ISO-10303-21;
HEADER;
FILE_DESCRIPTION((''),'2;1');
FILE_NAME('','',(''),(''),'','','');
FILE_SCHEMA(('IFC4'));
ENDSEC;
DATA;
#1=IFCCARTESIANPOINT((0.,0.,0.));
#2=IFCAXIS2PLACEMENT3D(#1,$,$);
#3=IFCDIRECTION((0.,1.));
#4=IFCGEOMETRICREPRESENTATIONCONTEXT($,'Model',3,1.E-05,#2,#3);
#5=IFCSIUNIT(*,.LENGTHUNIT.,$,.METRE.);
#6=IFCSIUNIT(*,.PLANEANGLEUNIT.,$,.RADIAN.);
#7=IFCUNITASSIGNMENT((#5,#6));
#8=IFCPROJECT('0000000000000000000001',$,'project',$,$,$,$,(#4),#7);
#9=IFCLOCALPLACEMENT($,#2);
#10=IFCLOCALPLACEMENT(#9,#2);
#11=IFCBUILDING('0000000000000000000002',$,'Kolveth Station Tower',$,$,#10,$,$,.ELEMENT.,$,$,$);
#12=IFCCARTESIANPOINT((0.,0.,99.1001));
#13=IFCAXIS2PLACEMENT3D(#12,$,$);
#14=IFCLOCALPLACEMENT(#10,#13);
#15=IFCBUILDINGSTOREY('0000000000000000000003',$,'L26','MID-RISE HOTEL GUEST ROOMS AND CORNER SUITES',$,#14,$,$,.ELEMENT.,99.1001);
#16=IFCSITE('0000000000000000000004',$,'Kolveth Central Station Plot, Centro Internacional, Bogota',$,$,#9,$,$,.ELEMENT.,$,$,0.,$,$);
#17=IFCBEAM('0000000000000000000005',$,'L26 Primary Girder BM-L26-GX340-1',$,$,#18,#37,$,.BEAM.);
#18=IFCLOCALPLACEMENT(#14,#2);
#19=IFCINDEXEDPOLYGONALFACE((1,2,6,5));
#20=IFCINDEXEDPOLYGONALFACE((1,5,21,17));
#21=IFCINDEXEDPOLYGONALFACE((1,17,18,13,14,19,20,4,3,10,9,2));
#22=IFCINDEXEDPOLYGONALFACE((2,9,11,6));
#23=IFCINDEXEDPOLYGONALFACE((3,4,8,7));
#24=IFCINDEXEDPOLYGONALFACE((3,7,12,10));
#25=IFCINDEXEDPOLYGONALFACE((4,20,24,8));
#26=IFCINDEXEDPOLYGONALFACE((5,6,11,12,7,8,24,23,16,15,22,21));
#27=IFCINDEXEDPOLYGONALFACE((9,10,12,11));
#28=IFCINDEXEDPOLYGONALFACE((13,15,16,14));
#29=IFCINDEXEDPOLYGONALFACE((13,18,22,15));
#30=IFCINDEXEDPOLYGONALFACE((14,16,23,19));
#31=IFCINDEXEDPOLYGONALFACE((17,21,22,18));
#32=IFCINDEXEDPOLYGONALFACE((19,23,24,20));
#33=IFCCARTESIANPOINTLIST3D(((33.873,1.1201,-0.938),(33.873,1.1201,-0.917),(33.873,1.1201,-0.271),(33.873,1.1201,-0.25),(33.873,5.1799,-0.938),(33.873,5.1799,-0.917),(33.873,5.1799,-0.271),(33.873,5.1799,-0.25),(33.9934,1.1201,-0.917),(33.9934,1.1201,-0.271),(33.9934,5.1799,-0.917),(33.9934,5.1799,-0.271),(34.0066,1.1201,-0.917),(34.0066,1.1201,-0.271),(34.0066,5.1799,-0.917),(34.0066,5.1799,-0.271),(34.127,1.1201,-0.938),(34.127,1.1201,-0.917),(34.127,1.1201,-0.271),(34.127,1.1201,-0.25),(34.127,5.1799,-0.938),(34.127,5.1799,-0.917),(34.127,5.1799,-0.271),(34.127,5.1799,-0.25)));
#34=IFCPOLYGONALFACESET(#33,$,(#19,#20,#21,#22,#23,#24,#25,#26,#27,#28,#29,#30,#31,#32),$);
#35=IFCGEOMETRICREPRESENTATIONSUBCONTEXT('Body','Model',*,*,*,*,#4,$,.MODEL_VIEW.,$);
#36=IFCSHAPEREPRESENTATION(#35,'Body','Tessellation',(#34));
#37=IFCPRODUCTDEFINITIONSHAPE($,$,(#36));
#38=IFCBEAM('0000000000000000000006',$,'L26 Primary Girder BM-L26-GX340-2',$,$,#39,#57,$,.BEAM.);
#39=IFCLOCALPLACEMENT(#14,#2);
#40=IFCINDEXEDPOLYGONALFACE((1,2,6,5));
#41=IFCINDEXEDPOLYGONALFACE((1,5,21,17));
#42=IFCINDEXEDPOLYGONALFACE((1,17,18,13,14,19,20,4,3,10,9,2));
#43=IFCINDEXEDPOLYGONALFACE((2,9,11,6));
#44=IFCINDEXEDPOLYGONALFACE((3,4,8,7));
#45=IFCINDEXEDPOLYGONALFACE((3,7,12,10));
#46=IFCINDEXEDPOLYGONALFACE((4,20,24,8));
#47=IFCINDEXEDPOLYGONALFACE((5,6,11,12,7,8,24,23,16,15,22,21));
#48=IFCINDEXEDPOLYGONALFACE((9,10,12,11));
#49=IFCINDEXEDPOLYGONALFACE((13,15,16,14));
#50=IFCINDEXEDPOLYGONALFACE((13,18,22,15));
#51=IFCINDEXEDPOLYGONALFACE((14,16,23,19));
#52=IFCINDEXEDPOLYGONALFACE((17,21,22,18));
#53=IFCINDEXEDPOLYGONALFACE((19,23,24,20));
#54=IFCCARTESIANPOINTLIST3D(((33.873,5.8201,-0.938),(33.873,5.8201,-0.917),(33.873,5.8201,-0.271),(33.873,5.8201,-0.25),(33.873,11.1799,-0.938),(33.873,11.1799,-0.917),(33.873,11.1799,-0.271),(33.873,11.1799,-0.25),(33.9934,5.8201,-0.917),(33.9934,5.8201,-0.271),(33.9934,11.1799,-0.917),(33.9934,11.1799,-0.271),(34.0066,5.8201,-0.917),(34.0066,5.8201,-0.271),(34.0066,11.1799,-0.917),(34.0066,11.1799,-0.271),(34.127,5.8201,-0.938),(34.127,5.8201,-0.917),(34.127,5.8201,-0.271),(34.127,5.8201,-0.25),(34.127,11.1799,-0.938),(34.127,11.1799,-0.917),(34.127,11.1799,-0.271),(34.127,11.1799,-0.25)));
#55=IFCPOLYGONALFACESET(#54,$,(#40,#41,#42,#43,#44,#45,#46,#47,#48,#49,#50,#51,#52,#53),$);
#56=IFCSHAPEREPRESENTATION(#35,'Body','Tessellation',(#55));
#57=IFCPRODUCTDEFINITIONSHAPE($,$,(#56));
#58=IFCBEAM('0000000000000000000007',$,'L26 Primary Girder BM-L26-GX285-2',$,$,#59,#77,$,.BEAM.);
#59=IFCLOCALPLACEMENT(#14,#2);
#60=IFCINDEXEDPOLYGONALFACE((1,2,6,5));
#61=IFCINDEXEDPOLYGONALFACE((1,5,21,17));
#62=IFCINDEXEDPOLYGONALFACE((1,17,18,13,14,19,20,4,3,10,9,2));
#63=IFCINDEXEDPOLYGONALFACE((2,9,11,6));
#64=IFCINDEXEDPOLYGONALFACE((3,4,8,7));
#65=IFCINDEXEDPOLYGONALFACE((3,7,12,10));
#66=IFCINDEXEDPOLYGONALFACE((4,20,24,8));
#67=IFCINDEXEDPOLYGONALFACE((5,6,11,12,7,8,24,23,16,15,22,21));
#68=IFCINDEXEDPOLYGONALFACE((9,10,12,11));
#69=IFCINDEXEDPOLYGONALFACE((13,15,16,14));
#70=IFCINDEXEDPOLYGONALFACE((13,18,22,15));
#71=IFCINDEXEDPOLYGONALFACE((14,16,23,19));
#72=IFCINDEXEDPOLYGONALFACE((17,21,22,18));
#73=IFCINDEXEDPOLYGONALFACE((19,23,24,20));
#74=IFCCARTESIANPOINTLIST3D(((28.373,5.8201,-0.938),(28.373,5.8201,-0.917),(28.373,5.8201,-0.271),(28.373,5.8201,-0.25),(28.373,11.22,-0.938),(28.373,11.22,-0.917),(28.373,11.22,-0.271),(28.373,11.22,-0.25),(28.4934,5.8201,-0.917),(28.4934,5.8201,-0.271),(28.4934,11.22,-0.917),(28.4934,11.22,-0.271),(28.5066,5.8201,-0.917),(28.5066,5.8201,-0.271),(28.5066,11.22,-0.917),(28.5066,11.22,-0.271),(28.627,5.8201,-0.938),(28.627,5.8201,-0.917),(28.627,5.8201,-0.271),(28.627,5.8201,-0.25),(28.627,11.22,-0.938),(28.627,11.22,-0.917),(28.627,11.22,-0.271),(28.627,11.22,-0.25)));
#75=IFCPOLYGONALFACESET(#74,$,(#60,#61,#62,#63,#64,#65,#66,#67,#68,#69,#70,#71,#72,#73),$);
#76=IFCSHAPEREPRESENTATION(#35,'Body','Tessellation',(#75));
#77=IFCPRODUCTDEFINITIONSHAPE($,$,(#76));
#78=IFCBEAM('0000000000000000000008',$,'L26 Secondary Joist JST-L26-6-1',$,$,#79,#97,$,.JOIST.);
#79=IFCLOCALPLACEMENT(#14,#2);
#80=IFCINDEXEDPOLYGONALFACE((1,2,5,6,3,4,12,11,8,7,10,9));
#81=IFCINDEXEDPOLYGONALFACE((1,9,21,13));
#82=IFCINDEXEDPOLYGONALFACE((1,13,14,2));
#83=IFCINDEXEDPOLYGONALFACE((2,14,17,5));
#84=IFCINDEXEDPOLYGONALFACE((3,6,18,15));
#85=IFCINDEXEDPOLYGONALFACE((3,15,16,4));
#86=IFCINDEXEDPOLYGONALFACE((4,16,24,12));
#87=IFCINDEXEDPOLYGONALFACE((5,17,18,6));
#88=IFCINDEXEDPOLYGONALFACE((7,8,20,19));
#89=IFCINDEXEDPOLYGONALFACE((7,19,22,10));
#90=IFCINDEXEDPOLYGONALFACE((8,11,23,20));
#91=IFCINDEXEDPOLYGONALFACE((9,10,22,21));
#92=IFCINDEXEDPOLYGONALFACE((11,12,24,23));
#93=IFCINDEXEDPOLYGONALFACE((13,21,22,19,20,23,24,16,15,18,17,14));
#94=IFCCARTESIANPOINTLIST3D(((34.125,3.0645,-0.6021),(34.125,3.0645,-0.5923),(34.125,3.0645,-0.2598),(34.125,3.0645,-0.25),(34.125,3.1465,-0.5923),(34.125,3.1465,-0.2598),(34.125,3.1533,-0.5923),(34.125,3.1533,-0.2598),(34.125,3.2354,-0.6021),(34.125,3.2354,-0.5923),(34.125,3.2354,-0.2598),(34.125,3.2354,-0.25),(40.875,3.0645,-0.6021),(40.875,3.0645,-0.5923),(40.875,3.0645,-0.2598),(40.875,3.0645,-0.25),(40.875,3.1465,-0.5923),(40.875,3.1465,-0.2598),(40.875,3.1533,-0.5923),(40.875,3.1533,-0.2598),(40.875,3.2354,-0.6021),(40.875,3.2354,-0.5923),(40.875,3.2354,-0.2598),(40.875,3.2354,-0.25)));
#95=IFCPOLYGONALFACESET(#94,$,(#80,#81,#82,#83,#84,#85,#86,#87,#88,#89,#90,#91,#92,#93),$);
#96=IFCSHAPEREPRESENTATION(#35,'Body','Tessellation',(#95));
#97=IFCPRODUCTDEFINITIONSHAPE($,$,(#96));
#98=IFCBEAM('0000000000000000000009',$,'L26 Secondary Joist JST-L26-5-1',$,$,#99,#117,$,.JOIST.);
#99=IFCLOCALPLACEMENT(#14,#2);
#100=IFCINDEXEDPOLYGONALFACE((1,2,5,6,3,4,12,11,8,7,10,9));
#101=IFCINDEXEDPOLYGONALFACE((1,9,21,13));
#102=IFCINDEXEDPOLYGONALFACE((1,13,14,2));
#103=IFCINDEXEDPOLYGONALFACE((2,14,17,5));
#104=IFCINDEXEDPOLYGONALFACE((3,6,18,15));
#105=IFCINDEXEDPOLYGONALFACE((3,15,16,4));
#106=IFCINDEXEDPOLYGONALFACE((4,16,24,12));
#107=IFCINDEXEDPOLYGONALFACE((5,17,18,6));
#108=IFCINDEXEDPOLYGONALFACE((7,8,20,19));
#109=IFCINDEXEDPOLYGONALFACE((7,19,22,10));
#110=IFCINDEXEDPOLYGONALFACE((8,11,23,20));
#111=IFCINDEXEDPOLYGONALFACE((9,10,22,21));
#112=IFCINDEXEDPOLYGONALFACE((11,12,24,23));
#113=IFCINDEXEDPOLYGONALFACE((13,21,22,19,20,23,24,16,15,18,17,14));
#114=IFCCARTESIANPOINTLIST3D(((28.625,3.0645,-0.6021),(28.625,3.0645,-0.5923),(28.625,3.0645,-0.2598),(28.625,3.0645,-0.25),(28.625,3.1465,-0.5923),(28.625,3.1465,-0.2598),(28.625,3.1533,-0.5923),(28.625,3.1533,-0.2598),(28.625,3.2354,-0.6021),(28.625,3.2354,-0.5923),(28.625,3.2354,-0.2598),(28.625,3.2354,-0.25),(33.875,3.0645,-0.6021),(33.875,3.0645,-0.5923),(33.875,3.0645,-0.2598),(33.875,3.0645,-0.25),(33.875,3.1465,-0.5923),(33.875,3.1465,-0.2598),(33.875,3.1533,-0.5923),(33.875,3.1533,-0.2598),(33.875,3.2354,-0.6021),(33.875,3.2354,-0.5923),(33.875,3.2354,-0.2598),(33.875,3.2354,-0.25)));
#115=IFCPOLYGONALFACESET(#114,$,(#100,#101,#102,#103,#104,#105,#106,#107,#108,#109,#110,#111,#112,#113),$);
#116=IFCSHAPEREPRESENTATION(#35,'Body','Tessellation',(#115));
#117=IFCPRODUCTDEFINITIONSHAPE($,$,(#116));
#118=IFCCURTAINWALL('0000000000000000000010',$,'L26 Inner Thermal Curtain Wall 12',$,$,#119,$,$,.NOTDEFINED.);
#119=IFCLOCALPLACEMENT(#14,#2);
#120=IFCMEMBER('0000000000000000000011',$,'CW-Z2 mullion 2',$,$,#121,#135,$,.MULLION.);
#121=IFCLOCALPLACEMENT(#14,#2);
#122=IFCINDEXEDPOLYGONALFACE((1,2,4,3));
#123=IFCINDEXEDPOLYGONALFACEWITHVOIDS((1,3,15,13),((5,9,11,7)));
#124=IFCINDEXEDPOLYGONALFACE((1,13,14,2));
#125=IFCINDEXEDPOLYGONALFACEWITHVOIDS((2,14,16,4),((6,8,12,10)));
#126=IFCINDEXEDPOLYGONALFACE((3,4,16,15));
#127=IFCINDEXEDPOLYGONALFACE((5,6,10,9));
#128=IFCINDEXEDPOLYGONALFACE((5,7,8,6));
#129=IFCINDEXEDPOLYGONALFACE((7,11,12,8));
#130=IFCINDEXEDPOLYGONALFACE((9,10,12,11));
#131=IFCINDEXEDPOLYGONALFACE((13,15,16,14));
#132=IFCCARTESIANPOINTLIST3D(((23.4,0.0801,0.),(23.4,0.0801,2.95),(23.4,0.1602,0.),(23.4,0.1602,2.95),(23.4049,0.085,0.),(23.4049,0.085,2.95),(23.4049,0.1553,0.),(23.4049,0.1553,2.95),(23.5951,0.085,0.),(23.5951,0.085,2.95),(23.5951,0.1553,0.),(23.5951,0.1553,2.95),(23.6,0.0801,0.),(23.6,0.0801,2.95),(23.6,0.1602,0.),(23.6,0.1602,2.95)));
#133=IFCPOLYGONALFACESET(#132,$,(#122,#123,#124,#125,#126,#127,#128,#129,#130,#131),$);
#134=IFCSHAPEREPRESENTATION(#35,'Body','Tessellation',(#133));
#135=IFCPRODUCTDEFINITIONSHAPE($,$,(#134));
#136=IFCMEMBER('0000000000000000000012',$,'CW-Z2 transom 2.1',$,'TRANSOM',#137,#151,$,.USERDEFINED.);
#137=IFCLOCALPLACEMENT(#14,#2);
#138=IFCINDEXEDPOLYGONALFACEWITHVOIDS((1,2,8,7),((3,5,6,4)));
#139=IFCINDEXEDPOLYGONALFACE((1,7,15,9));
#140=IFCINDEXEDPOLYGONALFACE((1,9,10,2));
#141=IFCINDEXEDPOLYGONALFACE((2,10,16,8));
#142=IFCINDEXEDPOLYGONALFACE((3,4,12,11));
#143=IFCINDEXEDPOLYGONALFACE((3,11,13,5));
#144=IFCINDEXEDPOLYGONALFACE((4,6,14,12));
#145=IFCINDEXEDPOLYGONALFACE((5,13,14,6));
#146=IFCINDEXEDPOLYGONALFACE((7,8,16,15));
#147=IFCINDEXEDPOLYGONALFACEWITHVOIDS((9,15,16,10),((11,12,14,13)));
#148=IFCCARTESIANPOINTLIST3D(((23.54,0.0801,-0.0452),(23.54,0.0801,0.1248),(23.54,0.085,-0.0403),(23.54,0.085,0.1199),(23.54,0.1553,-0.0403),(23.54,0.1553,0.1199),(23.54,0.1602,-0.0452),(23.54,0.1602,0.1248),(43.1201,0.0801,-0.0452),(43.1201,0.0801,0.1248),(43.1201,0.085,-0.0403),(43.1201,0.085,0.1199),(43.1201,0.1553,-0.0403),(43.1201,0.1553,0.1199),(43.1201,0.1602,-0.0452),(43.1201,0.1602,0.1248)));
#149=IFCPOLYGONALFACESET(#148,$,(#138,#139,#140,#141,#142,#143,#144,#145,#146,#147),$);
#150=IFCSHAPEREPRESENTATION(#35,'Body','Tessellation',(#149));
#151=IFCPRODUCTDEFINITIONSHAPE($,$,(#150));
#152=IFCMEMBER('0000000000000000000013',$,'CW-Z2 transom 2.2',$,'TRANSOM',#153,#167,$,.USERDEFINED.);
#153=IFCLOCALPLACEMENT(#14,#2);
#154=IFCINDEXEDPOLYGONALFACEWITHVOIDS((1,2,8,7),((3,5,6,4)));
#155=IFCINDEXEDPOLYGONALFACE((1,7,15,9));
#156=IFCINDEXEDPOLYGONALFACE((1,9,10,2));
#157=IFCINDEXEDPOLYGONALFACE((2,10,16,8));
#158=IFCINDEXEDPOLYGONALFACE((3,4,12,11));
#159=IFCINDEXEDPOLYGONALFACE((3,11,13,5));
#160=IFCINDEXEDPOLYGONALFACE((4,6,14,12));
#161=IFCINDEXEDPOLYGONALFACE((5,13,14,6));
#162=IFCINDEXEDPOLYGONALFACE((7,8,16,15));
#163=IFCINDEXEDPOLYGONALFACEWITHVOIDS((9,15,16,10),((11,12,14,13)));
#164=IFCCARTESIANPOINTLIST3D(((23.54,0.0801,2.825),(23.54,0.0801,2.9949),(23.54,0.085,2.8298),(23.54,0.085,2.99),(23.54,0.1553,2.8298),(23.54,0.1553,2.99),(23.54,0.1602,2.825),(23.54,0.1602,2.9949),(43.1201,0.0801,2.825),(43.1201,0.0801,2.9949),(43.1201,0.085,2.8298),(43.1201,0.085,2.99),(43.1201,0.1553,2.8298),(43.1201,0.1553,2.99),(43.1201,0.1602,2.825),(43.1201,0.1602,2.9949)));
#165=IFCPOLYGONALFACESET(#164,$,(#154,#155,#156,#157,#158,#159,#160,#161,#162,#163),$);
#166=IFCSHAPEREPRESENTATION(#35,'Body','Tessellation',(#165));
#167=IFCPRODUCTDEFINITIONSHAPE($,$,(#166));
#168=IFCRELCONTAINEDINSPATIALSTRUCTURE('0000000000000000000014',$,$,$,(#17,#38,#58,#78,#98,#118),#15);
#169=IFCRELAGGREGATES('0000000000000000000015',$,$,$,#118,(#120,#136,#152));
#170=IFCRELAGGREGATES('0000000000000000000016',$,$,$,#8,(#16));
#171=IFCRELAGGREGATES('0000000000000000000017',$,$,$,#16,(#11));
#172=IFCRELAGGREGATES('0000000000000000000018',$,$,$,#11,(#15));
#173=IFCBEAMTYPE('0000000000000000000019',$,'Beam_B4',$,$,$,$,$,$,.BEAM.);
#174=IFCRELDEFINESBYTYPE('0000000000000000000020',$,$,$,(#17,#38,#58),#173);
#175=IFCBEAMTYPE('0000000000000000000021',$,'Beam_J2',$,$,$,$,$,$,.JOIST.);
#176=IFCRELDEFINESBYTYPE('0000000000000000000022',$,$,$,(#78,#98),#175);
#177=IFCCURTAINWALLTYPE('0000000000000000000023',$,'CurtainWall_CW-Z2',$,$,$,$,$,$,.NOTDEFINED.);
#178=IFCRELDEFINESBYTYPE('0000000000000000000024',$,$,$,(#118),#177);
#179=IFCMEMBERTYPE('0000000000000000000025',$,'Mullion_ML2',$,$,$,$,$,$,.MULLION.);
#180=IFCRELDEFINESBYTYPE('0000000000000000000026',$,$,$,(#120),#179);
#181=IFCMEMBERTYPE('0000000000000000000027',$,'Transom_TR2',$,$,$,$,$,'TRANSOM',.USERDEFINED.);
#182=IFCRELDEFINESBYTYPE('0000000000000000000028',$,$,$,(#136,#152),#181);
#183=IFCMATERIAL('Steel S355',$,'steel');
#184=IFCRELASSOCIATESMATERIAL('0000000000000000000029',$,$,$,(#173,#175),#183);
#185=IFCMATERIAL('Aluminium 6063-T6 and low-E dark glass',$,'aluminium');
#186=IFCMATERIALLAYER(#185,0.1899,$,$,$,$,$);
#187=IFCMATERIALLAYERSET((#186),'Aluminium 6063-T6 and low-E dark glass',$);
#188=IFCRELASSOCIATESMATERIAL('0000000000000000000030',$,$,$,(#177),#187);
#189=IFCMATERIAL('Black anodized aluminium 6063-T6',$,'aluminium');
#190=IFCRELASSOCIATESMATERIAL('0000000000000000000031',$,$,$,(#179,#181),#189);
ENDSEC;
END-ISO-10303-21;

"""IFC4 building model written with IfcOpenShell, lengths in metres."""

from ifc_helpers import new_model, si_unit, direction, frame, origin, origin_2d, place, context, subcontext, project, spatial, hollow_rectangle, i_section, extrude, source, transform, mapped, material, layer, layer_set, material_profile, profile_set, type_object, element, aggregate, save


model = new_model("IFC4")

# Units and contexts
model_context = context("Model", 3, precision=1e-05, world=origin(), true_north=direction((0.0, 1.0)))
body_context = subcontext(model_context, "Body", "Model", "MODEL_VIEW")
ifc_project = project(units=[si_unit("LENGTHUNIT", "METRE"), si_unit("PLANEANGLEUNIT", "RADIAN")], contexts=[model_context])

# Site, building, storey
site_placement = place(None, origin())
site = spatial("IfcSite", under=ifc_project, at=site_placement, Name="Kolveth Central Station Plot, Centro Internacional, Bogota", CompositionType="ELEMENT", RefElevation=0.0)
building_placement = place(site_placement, origin())
building = spatial("IfcBuilding", under=site, at=building_placement, Name="Kolveth Station Tower", CompositionType="ELEMENT")
storey_placement = place(building_placement, frame((0.0, 0.0, 99.1001)))
storey = spatial("IfcBuildingStorey", under=building, at=storey_placement, Name="L26", Description="MID-RISE HOTEL GUEST ROOMS AND CORNER SUITES", CompositionType="ELEMENT", Elevation=99.1001)

# Beams
ifc_material_1 = material(Name="Steel S355", Category="steel")
ifc_material_profile_1 = material_profile(ifc_material_1, i_section(OverallWidth=0.2539, OverallDepth=0.688, WebThickness=0.0132, FlangeThickness=0.021, at=origin_2d()), Name="W690x152")
ifc_profile_set_1 = profile_set([ifc_material_profile_1], Name="Steel S355")
beam_type_1 = type_object("IfcBeamType", Name="Beam_B4", PredefinedType="BEAM", material=ifc_profile_set_1)
shared_shape_1 = source(origin(), body_context, "Body", "SweptSolid", [
    extrude(i_section(OverallWidth=0.2539, OverallDepth=0.688, WebThickness=0.0132, FlangeThickness=0.021, at=origin_2d()), origin(), (0.0, 0.0, 1.0), 4.0598),
])
for number, where, z_axis, x_axis, name in (
    (1, (34.0, 1.1201, -0.594), (0.0, 1.0, 0.0), (-1.0, 0.0, 0.0), "L26 Primary Girder BM-L26-GX340-1"),
):
    element("IfcBeam", number, at=place(storey_placement, frame(where, z_axis=z_axis, x_axis=x_axis)), inside=storey, type_object=beam_type_1, Name=name, PredefinedType="BEAM", context=body_context, shape_type="MappedRepresentation", body=[
        mapped(shared_shape_1, transform((0.0, 0.0, 0.0), x_axis=(1.0, 0.0, 0.0), y_axis=(0.0, 1.0, 0.0), z_axis=(0.0, 0.0, 1.0), scale=1.0)),
    ])
shared_shape_2 = source(origin(), body_context, "Body", "SweptSolid", [
    extrude(i_section(OverallWidth=0.2539, OverallDepth=0.688, WebThickness=0.0132, FlangeThickness=0.021, at=origin_2d()), origin(), (0.0, 0.0, 1.0), 5.3599),
])
beam_1_placement = place(storey_placement, frame((34.0, 5.8201, -0.594), z_axis=(0.0, 1.0, 0.0), x_axis=(-1.0, 0.0, 0.0)))
element("IfcBeam", 2, at=beam_1_placement, inside=storey, type_object=beam_type_1, Name="L26 Primary Girder BM-L26-GX340-2", PredefinedType="BEAM", context=body_context, shape_type="MappedRepresentation", body=[
    mapped(shared_shape_2, transform((0.0, 0.0, 0.0), x_axis=(1.0, 0.0, 0.0), y_axis=(0.0, 1.0, 0.0), z_axis=(0.0, 0.0, 1.0), scale=1.0)),
])
shared_shape_3 = source(origin(), body_context, "Body", "SweptSolid", [
    extrude(i_section(OverallWidth=0.2539, OverallDepth=0.688, WebThickness=0.0132, FlangeThickness=0.021, at=origin_2d()), origin(), (0.0, 0.0, 1.0), 5.3999),
])
beam_2_placement = place(storey_placement, frame((28.5, 5.8201, -0.594), z_axis=(0.0, 1.0, 0.0), x_axis=(-1.0, 0.0, 0.0)))
element("IfcBeam", 3, at=beam_2_placement, inside=storey, type_object=beam_type_1, Name="L26 Primary Girder BM-L26-GX285-2", PredefinedType="BEAM", context=body_context, shape_type="MappedRepresentation", body=[
    mapped(shared_shape_3, transform((0.0, 0.0, 0.0), x_axis=(1.0, 0.0, 0.0), y_axis=(0.0, 1.0, 0.0), z_axis=(0.0, 0.0, 1.0), scale=1.0)),
])
ifc_material_profile_2 = material_profile(ifc_material_1, i_section(OverallWidth=0.1709, OverallDepth=0.3521, WebThickness=0.0068, FlangeThickness=0.0098, at=origin_2d()), Name="W360x44")
ifc_profile_set_2 = profile_set([ifc_material_profile_2], Name="Steel S355")
beam_type_2 = type_object("IfcBeamType", Name="Beam_J2", PredefinedType="JOIST", material=ifc_profile_set_2)
shared_shape_4 = source(origin(), body_context, "Body", "SweptSolid", [
    extrude(i_section(OverallWidth=0.1709, OverallDepth=0.3521, WebThickness=0.0068, FlangeThickness=0.0098, at=origin_2d()), origin(), (0.0, 0.0, 1.0), 6.75),
])
beam_3_placement = place(storey_placement, frame((34.125, 3.1499, -0.426), z_axis=(1.0, 0.0, 0.0), x_axis=(0.0, 1.0, 0.0)))
element("IfcBeam", 4, at=beam_3_placement, inside=storey, type_object=beam_type_2, Name="L26 Secondary Joist JST-L26-6-1", PredefinedType="JOIST", context=body_context, shape_type="MappedRepresentation", body=[
    mapped(shared_shape_4, transform((0.0, 0.0, 0.0), x_axis=(1.0, 0.0, 0.0), y_axis=(0.0, 1.0, 0.0), z_axis=(0.0, 0.0, 1.0), scale=1.0)),
])
shared_shape_5 = source(origin(), body_context, "Body", "SweptSolid", [
    extrude(i_section(OverallWidth=0.1709, OverallDepth=0.3521, WebThickness=0.0068, FlangeThickness=0.0098, at=origin_2d()), origin(), (0.0, 0.0, 1.0), 5.25),
])
beam_4_placement = place(storey_placement, frame((28.625, 3.1499, -0.426), z_axis=(1.0, 0.0, 0.0), x_axis=(0.0, 1.0, 0.0)))
element("IfcBeam", 5, at=beam_4_placement, inside=storey, type_object=beam_type_2, Name="L26 Secondary Joist JST-L26-5-1", PredefinedType="JOIST", context=body_context, shape_type="MappedRepresentation", body=[
    mapped(shared_shape_5, transform((0.0, 0.0, 0.0), x_axis=(1.0, 0.0, 0.0), y_axis=(0.0, 1.0, 0.0), z_axis=(0.0, 0.0, 1.0), scale=1.0)),
])

# Curtain wall, members
ifc_material_2 = material(Name="Aluminium 6063-T6 and low-E dark glass", Category="aluminium")
ifc_layer_1 = layer(ifc_material_2, 0.1899)
ifc_layer_set_1 = layer_set([ifc_layer_1], Name="Aluminium 6063-T6 and low-E dark glass")
curtain_wall_type_1 = type_object("IfcCurtainWallType", Name="CurtainWall_CW-Z2", PredefinedType="NOTDEFINED", material=ifc_layer_set_1)
curtain_wall_1_placement = place(storey_placement, origin())
curtain_wall_1 = element("IfcCurtainWall", 6, at=curtain_wall_1_placement, inside=storey, type_object=curtain_wall_type_1, Name="L26 Inner Thermal Curtain Wall 12", PredefinedType="NOTDEFINED")
ifc_material_3 = material(Name="Black anodized aluminium 6063-T6", Category="aluminium")
ifc_material_profile_3 = material_profile(ifc_material_3, hollow_rectangle(XDim=0.0801, YDim=0.2, WallThickness=0.0049, at=origin_2d()), Name="ALU-80x200x5")
ifc_profile_set_3 = profile_set([ifc_material_profile_3], Name="Black anodized aluminium 6063-T6")
member_type_1 = type_object("IfcMemberType", Name="Mullion_ML2", PredefinedType="MULLION", material=ifc_profile_set_3)
shared_shape_6 = source(origin(), body_context, "Body", "SweptSolid", [
    extrude(hollow_rectangle(XDim=0.0801, YDim=0.2, WallThickness=0.0049, at=origin_2d()), origin(), (0.0, 0.0, 1.0), 2.95),
])
member_1_placement = place(storey_placement, frame((23.5, 0.1201, 0.0), z_axis=(0.0, 0.0, 1.0), x_axis=(0.0, 1.0, 0.0)))
member_1 = element("IfcMember", 7, at=member_1_placement, type_object=member_type_1, Name="CW-Z2 mullion 2", PredefinedType="MULLION", context=body_context, shape_type="MappedRepresentation", body=[
    mapped(shared_shape_6, transform((0.0, 0.0, 0.0), x_axis=(1.0, 0.0, 0.0), y_axis=(0.0, 1.0, 0.0), z_axis=(0.0, 0.0, 1.0), scale=1.0)),
])
ifc_material_profile_4 = material_profile(ifc_material_3, hollow_rectangle(XDim=0.0801, YDim=0.1699, WallThickness=0.0049, at=origin_2d()), Name="ALU-80x170x5")
ifc_profile_set_4 = profile_set([ifc_material_profile_4], Name="Black anodized aluminium 6063-T6")
member_type_2 = type_object("IfcMemberType", Name="Transom_TR2", ElementType="TRANSOM", PredefinedType="USERDEFINED", material=ifc_profile_set_4)
shared_shape_7 = source(origin(), body_context, "Body", "SweptSolid", [
    extrude(hollow_rectangle(XDim=0.0801, YDim=0.1699, WallThickness=0.0049, at=origin_2d()), origin(), (0.0, 0.0, 1.0), 19.5801),
])
member_2_placement = place(storey_placement, frame((23.54, 0.1201, 0.0398), z_axis=(1.0, 0.0, 0.0), x_axis=(0.0, 1.0, 0.0)))
member_2 = element("IfcMember", 8, at=member_2_placement, type_object=member_type_2, Name="CW-Z2 transom 2.1", ObjectType="TRANSOM", PredefinedType="USERDEFINED", context=body_context, shape_type="MappedRepresentation", body=[
    mapped(shared_shape_7, transform((0.0, 0.0, 0.0), x_axis=(1.0, 0.0, 0.0), y_axis=(0.0, 1.0, 0.0), z_axis=(0.0, 0.0, 1.0), scale=1.0)),
])
member_3_placement = place(storey_placement, frame((23.54, 0.1201, 2.9099), z_axis=(1.0, 0.0, 0.0), x_axis=(0.0, 1.0, 0.0)))
member_3 = element("IfcMember", 9, at=member_3_placement, type_object=member_type_2, Name="CW-Z2 transom 2.2", ObjectType="TRANSOM", PredefinedType="USERDEFINED", context=body_context, shape_type="MappedRepresentation", body=[
    mapped(shared_shape_7, transform((0.0, 0.0, 0.0), x_axis=(1.0, 0.0, 0.0), y_axis=(0.0, 1.0, 0.0), z_axis=(0.0, 0.0, 1.0), scale=1.0)),
])
aggregate(curtain_wall_1, [member_1, member_2, member_3])

save(model, "model.ifc")
